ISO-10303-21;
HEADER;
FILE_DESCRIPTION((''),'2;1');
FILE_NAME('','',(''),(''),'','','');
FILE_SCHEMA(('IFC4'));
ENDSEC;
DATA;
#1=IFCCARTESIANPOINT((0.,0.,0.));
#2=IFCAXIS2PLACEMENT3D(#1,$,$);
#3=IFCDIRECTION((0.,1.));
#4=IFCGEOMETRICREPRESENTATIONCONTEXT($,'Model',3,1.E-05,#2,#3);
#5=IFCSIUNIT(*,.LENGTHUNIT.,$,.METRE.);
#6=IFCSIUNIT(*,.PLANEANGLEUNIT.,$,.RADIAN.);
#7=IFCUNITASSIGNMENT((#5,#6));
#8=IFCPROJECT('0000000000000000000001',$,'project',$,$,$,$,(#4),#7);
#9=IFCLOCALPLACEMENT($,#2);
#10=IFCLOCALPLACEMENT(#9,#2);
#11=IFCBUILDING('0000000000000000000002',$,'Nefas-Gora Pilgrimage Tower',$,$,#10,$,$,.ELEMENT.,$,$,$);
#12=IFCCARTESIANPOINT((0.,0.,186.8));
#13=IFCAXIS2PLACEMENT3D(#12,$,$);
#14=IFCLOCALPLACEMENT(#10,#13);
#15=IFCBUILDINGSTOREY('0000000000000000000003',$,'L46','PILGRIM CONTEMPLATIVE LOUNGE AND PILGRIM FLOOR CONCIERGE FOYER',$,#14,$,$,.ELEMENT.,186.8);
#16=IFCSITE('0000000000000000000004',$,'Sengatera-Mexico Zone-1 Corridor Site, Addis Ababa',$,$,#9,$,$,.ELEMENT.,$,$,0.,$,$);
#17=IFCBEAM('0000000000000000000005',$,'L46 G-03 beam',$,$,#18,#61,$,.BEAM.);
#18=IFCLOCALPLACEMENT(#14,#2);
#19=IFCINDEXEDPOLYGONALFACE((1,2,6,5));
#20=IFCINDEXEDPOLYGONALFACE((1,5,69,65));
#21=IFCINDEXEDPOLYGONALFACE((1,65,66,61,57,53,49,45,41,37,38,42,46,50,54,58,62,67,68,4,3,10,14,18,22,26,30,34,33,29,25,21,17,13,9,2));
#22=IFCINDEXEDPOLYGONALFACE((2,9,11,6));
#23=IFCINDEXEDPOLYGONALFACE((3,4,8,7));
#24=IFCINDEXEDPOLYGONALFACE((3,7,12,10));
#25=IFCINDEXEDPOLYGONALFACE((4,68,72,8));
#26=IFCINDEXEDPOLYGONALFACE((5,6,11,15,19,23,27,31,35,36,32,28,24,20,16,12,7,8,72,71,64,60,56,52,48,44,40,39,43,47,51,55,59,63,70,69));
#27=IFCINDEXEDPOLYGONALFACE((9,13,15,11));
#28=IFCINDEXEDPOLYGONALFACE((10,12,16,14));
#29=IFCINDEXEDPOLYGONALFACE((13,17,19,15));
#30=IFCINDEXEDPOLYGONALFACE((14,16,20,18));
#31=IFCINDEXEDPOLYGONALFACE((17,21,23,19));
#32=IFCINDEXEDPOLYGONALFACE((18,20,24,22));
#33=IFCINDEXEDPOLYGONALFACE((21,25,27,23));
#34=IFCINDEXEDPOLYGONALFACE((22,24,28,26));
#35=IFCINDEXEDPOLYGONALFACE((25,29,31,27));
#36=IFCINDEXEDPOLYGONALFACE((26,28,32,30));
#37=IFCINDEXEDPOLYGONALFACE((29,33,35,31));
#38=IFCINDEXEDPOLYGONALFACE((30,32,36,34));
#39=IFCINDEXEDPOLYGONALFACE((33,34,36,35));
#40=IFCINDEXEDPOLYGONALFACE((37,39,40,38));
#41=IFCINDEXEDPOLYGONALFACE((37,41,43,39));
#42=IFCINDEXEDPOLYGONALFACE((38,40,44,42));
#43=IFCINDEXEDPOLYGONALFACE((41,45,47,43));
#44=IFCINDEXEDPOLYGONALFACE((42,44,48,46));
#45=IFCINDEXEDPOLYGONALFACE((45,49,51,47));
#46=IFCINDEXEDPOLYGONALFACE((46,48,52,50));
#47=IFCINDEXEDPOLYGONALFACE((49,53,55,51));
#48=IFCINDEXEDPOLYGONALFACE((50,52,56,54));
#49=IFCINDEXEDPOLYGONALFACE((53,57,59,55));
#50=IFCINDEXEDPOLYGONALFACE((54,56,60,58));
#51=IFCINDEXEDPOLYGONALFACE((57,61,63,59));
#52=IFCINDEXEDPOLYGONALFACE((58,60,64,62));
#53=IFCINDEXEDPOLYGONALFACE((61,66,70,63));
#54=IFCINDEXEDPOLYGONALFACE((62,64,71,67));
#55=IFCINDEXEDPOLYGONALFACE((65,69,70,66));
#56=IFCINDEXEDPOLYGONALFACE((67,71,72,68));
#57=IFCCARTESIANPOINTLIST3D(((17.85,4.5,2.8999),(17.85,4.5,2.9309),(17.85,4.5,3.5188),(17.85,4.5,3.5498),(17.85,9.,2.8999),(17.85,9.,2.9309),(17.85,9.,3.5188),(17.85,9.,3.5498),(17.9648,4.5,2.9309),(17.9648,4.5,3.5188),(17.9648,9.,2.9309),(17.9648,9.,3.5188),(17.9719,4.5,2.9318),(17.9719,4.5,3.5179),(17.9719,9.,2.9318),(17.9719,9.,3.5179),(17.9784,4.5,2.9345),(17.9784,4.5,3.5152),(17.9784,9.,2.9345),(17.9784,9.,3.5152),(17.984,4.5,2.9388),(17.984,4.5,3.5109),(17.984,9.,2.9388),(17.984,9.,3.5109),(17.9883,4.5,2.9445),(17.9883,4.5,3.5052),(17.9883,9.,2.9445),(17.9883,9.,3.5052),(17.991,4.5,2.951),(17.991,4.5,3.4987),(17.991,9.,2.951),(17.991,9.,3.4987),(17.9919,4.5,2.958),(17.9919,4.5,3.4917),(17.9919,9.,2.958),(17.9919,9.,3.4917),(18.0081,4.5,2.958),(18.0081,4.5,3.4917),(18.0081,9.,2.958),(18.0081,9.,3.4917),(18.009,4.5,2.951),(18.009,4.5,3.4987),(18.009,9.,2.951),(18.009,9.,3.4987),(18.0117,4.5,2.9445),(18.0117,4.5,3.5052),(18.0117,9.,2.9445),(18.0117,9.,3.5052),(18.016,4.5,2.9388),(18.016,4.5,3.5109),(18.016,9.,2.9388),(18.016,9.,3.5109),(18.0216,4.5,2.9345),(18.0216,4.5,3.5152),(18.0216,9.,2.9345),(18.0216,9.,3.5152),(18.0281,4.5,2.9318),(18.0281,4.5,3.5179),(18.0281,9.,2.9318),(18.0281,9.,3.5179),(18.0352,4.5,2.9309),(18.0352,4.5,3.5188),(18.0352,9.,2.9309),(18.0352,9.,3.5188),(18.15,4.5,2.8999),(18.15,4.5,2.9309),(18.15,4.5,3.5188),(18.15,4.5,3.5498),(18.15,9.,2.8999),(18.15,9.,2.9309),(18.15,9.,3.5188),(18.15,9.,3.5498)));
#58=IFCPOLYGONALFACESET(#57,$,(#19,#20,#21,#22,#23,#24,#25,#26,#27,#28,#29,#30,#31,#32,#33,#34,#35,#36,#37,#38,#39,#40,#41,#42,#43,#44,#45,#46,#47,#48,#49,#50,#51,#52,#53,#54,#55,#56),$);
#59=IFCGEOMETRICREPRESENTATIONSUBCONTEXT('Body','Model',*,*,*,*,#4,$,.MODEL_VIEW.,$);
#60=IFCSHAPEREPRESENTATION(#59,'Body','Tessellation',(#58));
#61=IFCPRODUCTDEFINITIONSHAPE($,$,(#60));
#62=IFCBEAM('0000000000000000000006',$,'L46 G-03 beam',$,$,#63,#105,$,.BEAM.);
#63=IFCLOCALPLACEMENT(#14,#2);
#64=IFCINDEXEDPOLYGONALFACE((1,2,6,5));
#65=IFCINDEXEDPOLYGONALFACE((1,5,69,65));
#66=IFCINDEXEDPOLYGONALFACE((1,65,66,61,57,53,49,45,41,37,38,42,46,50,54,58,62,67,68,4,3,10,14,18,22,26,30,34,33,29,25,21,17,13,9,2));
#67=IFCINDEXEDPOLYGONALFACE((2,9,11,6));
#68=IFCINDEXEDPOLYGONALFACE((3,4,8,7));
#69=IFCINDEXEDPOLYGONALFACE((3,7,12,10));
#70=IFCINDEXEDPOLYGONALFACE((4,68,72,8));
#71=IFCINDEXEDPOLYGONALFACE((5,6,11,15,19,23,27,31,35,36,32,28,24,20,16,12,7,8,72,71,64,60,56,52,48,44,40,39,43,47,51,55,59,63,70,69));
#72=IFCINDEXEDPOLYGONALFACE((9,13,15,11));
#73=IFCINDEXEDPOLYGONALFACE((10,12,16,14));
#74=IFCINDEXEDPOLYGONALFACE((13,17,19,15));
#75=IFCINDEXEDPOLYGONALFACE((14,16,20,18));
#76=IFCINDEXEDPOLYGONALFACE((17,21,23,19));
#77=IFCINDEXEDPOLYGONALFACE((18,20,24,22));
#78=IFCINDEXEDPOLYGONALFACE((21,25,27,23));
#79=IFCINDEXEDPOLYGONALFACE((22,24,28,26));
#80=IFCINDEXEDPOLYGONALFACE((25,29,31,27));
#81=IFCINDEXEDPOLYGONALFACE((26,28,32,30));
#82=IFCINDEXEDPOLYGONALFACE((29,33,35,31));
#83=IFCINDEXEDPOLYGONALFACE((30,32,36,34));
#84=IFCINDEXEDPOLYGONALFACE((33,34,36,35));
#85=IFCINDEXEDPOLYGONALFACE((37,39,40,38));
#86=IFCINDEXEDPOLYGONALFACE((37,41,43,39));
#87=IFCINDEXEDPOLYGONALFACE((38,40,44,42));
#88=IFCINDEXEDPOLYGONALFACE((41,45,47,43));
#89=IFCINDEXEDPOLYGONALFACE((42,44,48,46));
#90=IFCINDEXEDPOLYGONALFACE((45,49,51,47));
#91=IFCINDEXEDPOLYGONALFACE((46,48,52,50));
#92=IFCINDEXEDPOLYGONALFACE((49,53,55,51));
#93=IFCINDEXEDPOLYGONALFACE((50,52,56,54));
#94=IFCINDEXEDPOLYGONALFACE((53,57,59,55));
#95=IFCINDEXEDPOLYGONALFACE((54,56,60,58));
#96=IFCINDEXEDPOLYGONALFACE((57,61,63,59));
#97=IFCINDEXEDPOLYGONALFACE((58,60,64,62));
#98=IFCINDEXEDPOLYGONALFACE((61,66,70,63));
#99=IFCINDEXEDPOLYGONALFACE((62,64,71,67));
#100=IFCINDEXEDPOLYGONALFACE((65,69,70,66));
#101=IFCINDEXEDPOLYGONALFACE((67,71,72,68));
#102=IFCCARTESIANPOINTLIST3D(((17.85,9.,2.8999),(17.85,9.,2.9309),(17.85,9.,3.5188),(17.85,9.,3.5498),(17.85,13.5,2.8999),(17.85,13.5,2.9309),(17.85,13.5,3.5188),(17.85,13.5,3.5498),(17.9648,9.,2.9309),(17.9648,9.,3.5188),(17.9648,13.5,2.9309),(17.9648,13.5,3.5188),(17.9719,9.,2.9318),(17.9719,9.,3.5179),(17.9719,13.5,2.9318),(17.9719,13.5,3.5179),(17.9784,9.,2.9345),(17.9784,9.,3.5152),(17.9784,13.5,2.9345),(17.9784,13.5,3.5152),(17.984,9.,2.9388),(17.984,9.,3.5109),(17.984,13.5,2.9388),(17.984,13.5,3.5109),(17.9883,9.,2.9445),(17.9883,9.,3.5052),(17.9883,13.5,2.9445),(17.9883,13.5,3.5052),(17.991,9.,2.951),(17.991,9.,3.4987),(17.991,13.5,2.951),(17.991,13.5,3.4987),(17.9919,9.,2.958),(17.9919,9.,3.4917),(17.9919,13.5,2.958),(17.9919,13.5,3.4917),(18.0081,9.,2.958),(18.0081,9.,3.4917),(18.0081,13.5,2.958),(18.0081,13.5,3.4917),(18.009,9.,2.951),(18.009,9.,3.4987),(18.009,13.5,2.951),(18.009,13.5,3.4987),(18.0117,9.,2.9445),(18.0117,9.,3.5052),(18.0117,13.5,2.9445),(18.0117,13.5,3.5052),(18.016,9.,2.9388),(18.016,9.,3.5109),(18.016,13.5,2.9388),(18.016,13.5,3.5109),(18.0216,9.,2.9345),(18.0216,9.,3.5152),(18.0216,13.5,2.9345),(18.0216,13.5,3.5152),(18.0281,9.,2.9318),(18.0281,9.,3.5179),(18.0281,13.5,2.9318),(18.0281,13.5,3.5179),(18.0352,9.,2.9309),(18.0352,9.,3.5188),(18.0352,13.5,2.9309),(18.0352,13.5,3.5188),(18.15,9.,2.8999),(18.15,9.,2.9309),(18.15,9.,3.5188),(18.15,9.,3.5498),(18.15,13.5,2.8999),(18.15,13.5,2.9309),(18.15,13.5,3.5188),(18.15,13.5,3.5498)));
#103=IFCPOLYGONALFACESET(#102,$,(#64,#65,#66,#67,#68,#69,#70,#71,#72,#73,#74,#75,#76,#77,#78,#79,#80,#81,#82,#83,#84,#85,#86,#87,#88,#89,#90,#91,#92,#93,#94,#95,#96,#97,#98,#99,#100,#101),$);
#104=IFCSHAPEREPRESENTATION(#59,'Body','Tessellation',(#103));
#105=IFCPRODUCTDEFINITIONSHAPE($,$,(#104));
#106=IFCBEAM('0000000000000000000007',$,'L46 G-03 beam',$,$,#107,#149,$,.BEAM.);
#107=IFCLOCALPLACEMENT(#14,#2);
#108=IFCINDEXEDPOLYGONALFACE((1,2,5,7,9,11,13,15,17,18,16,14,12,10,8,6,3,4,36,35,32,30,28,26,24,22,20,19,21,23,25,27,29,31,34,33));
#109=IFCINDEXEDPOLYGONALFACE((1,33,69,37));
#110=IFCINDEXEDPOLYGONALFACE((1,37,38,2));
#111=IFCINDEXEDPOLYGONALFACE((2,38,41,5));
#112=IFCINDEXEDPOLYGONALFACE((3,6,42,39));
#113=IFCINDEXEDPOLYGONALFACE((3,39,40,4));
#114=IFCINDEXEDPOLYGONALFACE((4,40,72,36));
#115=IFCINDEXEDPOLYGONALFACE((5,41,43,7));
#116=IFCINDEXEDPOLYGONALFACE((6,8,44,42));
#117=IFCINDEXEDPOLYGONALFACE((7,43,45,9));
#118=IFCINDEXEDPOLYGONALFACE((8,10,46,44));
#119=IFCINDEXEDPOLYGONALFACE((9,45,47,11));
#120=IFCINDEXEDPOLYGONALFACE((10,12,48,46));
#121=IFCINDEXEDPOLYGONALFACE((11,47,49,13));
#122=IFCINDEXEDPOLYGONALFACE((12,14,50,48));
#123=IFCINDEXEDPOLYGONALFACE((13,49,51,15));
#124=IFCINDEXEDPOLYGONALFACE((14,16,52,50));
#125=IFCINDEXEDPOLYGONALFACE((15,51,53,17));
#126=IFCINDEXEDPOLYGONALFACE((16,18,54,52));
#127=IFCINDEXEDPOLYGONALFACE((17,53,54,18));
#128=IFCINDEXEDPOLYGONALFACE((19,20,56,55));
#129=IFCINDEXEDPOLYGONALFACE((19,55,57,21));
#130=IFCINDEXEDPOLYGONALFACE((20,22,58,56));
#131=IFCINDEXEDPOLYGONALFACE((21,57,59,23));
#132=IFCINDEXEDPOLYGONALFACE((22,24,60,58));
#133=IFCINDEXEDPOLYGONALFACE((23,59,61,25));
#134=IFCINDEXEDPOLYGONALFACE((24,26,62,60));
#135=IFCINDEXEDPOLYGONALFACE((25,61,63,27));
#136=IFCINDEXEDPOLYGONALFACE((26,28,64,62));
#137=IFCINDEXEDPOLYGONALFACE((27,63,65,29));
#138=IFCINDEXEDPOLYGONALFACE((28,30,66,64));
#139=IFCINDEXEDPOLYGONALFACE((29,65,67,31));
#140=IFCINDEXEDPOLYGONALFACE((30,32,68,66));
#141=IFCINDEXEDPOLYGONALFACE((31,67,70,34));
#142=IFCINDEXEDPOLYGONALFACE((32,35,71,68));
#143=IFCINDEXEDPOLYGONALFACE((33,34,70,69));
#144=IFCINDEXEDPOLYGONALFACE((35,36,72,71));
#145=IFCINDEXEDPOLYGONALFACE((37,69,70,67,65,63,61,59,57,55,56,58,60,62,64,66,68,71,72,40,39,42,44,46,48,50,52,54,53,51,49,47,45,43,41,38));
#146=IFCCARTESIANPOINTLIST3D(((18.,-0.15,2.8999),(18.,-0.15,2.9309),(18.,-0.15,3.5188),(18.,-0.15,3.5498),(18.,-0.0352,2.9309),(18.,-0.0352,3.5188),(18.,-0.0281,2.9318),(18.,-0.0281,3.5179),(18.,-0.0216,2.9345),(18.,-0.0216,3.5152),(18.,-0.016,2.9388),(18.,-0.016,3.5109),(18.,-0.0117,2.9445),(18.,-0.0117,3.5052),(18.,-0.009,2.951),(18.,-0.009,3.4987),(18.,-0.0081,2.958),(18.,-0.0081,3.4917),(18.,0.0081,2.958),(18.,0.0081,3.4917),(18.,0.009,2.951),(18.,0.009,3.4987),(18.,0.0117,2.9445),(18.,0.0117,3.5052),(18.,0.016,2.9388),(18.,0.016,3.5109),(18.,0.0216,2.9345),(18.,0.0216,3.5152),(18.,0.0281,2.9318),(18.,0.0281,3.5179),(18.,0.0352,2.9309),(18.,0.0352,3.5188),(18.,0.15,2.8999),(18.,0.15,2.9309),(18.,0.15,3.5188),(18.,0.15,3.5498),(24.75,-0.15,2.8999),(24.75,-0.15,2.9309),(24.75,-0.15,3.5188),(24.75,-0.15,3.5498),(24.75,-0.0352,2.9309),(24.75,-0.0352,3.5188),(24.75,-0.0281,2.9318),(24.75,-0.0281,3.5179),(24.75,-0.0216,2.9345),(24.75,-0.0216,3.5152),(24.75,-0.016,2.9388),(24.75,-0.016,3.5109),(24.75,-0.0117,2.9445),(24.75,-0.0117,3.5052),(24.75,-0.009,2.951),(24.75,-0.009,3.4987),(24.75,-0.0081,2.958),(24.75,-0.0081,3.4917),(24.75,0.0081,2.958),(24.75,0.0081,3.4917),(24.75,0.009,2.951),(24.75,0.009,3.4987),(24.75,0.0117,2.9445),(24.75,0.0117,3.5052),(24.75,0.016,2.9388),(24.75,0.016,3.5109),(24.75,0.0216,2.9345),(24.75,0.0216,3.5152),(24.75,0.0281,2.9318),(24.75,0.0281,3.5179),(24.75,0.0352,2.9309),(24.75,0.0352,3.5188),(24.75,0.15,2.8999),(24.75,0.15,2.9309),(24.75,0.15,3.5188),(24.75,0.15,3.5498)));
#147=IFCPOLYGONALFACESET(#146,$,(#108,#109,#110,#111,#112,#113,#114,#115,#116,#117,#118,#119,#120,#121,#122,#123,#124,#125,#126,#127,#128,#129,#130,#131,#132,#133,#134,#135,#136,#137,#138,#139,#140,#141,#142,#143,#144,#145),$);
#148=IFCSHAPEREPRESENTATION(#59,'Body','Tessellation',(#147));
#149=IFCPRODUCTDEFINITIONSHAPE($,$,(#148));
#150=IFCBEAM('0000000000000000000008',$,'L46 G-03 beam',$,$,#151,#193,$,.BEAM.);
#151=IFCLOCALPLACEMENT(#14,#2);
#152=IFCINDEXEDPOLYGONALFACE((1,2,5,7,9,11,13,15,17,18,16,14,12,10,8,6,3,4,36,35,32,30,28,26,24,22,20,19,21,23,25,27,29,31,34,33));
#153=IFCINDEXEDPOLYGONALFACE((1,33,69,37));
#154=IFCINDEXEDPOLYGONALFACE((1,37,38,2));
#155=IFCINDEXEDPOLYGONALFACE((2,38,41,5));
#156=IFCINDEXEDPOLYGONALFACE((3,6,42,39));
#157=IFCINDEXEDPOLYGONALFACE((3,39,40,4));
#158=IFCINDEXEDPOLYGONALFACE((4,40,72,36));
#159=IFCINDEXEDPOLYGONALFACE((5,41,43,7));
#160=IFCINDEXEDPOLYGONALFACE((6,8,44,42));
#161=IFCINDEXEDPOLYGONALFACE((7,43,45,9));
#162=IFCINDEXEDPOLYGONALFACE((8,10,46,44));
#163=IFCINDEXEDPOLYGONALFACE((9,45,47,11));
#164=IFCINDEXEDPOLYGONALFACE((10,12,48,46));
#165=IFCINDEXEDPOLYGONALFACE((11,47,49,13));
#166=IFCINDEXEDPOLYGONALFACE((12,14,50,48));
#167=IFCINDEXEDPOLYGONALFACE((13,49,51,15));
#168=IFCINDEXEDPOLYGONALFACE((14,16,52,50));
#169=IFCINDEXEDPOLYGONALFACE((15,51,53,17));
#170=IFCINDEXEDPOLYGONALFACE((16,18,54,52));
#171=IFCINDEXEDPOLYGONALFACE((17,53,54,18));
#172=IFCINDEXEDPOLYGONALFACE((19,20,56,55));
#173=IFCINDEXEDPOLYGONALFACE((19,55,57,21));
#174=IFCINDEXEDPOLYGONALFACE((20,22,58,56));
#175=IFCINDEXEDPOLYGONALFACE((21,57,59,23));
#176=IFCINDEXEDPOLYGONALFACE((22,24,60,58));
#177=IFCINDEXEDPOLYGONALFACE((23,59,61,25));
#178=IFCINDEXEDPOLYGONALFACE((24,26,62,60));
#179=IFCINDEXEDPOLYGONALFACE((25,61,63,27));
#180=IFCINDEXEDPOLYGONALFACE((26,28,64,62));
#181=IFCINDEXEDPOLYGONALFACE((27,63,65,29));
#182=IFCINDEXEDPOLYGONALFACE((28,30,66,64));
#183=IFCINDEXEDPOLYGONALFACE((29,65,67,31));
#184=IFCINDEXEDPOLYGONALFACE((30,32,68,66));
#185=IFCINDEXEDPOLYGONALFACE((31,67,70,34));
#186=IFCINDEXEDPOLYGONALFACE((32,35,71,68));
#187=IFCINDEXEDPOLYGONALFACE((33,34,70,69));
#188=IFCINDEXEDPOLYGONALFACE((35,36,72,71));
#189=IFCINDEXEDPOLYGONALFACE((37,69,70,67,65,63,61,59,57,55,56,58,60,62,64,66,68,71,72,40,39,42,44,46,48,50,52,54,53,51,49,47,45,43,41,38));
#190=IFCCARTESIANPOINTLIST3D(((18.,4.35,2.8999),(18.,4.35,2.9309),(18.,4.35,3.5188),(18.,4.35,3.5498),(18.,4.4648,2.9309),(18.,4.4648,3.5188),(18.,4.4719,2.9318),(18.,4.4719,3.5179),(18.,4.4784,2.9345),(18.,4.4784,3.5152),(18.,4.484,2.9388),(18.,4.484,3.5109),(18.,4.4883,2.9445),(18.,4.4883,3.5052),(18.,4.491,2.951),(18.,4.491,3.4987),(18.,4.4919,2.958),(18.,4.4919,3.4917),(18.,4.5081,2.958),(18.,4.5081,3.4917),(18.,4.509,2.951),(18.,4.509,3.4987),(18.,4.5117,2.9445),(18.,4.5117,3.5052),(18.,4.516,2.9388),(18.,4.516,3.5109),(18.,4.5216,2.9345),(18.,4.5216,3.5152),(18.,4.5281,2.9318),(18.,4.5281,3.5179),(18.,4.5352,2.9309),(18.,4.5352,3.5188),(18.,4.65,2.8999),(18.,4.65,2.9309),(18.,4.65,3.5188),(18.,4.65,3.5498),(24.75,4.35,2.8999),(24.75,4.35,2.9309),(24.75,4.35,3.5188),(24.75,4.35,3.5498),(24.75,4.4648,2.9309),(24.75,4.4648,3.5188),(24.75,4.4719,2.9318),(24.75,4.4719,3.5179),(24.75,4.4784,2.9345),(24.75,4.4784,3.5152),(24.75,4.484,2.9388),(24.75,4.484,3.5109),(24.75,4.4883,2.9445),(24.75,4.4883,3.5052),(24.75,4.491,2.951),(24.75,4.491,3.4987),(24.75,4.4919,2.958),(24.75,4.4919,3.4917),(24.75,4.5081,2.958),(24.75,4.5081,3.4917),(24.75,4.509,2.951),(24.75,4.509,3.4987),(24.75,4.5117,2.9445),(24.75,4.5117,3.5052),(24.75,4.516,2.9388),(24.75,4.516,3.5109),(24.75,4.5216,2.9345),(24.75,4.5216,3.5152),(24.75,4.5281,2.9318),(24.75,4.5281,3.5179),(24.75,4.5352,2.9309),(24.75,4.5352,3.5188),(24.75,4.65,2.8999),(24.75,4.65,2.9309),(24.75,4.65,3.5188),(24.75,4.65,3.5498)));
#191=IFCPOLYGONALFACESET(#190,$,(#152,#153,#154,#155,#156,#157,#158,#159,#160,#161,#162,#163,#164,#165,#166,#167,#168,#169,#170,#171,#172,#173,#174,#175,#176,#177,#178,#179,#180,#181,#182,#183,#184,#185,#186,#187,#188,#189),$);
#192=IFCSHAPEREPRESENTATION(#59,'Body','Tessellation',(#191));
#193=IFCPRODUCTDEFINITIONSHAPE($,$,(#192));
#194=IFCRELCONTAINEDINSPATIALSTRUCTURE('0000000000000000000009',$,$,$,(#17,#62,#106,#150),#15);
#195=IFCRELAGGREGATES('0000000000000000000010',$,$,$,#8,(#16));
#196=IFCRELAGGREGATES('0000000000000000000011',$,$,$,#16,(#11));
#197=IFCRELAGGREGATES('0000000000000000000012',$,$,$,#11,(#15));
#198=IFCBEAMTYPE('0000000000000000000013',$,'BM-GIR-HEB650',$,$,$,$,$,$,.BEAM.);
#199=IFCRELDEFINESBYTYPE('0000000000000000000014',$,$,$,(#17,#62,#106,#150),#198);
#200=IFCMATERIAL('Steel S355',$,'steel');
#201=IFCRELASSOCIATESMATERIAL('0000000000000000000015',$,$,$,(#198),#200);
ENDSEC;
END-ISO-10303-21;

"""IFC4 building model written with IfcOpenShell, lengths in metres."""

from ifc_helpers import new_model, si_unit, direction, frame, origin, origin_2d, place, context, subcontext, project, spatial, i_section, extrude, source, transform, mapped, material, material_profile, profile_set, type_object, element, save


model = new_model("IFC4")

# Units and contexts
model_context = context("Model", 3, precision=1e-05, world=origin(), true_north=direction((0.0, 1.0)))
body_context = subcontext(model_context, "Body", "Model", "MODEL_VIEW")
ifc_project = project(units=[si_unit("LENGTHUNIT", "METRE"), si_unit("PLANEANGLEUNIT", "RADIAN")], contexts=[model_context])

# Site, building, storey
site_placement = place(None, origin())
site = spatial("IfcSite", under=ifc_project, at=site_placement, Name="Sengatera-Mexico Zone-1 Corridor Site, Addis Ababa", CompositionType="ELEMENT", RefElevation=0.0)
building_placement = place(site_placement, origin())
building = spatial("IfcBuilding", under=site, at=building_placement, Name="Nefas-Gora Pilgrimage Tower", CompositionType="ELEMENT")
storey_placement = place(building_placement, frame((0.0, 0.0, 186.8)))
storey = spatial("IfcBuildingStorey", under=building, at=storey_placement, Name="L46", Description="PILGRIM CONTEMPLATIVE LOUNGE AND PILGRIM FLOOR CONCIERGE FOYER", CompositionType="ELEMENT", Elevation=186.8)

# Beams
ifc_material_1 = material(Name="Steel S355", Category="steel")
ifc_material_profile_1 = material_profile(ifc_material_1, i_section(OverallWidth=0.3, OverallDepth=0.6499, WebThickness=0.0161, FlangeThickness=0.031, FilletRadius=0.0271, at=origin_2d()), Name="HEB 650")
ifc_profile_set_1 = profile_set([ifc_material_profile_1], Name="Steel S355")
beam_type_1 = type_object("IfcBeamType", Name="BM-GIR-HEB650", PredefinedType="BEAM", material=ifc_profile_set_1)
shared_shape_1 = source(origin(), body_context, "Body", "SweptSolid", [
    extrude(i_section(OverallWidth=0.3, OverallDepth=0.6499, WebThickness=0.0161, FlangeThickness=0.031, FilletRadius=0.0271, at=origin_2d()), origin(), (0.0, 0.0, 1.0), 4.5),
])
for number, where, z_axis, x_axis, name in (
    (1, (18.0, 4.5, 3.2249), (0.0, 1.0, 0.0), (-1.0, 0.0, 0.0), "L46 G-03 beam"),
    (2, (18.0, 9.0, 3.2249), (0.0, 1.0, 0.0), (-1.0, 0.0, 0.0), "L46 G-03 beam"),
):
    element("IfcBeam", number, at=place(storey_placement, frame(where, z_axis=z_axis, x_axis=x_axis)), inside=storey, type_object=beam_type_1, Name=name, PredefinedType="BEAM", context=body_context, shape_type="MappedRepresentation", body=[
        mapped(shared_shape_1, transform((0.0, 0.0, 0.0), x_axis=(1.0, 0.0, 0.0), y_axis=(0.0, 1.0, 0.0), z_axis=(0.0, 0.0, 1.0), scale=1.0)),
    ])
shared_shape_2 = source(origin(), body_context, "Body", "SweptSolid", [
    extrude(i_section(OverallWidth=0.3, OverallDepth=0.6499, WebThickness=0.0161, FlangeThickness=0.031, FilletRadius=0.0271, at=origin_2d()), origin(), (0.0, 0.0, 1.0), 6.75),
])
for number, where, z_axis, x_axis, name in (
    (3, (18.0, 0.0, 3.2249), (1.0, 0.0, 0.0), (0.0, 1.0, 0.0), "L46 G-03 beam"),
    (4, (18.0, 4.5, 3.2249), (1.0, 0.0, 0.0), (0.0, 1.0, 0.0), "L46 G-03 beam"),
):
    element("IfcBeam", number, at=place(storey_placement, frame(where, z_axis=z_axis, x_axis=x_axis)), inside=storey, type_object=beam_type_1, Name=name, PredefinedType="BEAM", context=body_context, shape_type="MappedRepresentation", body=[
        mapped(shared_shape_2, transform((0.0, 0.0, 0.0), x_axis=(1.0, 0.0, 0.0), y_axis=(0.0, 1.0, 0.0), z_axis=(0.0, 0.0, 1.0), scale=1.0)),
    ])

save(model, "model.ifc")
